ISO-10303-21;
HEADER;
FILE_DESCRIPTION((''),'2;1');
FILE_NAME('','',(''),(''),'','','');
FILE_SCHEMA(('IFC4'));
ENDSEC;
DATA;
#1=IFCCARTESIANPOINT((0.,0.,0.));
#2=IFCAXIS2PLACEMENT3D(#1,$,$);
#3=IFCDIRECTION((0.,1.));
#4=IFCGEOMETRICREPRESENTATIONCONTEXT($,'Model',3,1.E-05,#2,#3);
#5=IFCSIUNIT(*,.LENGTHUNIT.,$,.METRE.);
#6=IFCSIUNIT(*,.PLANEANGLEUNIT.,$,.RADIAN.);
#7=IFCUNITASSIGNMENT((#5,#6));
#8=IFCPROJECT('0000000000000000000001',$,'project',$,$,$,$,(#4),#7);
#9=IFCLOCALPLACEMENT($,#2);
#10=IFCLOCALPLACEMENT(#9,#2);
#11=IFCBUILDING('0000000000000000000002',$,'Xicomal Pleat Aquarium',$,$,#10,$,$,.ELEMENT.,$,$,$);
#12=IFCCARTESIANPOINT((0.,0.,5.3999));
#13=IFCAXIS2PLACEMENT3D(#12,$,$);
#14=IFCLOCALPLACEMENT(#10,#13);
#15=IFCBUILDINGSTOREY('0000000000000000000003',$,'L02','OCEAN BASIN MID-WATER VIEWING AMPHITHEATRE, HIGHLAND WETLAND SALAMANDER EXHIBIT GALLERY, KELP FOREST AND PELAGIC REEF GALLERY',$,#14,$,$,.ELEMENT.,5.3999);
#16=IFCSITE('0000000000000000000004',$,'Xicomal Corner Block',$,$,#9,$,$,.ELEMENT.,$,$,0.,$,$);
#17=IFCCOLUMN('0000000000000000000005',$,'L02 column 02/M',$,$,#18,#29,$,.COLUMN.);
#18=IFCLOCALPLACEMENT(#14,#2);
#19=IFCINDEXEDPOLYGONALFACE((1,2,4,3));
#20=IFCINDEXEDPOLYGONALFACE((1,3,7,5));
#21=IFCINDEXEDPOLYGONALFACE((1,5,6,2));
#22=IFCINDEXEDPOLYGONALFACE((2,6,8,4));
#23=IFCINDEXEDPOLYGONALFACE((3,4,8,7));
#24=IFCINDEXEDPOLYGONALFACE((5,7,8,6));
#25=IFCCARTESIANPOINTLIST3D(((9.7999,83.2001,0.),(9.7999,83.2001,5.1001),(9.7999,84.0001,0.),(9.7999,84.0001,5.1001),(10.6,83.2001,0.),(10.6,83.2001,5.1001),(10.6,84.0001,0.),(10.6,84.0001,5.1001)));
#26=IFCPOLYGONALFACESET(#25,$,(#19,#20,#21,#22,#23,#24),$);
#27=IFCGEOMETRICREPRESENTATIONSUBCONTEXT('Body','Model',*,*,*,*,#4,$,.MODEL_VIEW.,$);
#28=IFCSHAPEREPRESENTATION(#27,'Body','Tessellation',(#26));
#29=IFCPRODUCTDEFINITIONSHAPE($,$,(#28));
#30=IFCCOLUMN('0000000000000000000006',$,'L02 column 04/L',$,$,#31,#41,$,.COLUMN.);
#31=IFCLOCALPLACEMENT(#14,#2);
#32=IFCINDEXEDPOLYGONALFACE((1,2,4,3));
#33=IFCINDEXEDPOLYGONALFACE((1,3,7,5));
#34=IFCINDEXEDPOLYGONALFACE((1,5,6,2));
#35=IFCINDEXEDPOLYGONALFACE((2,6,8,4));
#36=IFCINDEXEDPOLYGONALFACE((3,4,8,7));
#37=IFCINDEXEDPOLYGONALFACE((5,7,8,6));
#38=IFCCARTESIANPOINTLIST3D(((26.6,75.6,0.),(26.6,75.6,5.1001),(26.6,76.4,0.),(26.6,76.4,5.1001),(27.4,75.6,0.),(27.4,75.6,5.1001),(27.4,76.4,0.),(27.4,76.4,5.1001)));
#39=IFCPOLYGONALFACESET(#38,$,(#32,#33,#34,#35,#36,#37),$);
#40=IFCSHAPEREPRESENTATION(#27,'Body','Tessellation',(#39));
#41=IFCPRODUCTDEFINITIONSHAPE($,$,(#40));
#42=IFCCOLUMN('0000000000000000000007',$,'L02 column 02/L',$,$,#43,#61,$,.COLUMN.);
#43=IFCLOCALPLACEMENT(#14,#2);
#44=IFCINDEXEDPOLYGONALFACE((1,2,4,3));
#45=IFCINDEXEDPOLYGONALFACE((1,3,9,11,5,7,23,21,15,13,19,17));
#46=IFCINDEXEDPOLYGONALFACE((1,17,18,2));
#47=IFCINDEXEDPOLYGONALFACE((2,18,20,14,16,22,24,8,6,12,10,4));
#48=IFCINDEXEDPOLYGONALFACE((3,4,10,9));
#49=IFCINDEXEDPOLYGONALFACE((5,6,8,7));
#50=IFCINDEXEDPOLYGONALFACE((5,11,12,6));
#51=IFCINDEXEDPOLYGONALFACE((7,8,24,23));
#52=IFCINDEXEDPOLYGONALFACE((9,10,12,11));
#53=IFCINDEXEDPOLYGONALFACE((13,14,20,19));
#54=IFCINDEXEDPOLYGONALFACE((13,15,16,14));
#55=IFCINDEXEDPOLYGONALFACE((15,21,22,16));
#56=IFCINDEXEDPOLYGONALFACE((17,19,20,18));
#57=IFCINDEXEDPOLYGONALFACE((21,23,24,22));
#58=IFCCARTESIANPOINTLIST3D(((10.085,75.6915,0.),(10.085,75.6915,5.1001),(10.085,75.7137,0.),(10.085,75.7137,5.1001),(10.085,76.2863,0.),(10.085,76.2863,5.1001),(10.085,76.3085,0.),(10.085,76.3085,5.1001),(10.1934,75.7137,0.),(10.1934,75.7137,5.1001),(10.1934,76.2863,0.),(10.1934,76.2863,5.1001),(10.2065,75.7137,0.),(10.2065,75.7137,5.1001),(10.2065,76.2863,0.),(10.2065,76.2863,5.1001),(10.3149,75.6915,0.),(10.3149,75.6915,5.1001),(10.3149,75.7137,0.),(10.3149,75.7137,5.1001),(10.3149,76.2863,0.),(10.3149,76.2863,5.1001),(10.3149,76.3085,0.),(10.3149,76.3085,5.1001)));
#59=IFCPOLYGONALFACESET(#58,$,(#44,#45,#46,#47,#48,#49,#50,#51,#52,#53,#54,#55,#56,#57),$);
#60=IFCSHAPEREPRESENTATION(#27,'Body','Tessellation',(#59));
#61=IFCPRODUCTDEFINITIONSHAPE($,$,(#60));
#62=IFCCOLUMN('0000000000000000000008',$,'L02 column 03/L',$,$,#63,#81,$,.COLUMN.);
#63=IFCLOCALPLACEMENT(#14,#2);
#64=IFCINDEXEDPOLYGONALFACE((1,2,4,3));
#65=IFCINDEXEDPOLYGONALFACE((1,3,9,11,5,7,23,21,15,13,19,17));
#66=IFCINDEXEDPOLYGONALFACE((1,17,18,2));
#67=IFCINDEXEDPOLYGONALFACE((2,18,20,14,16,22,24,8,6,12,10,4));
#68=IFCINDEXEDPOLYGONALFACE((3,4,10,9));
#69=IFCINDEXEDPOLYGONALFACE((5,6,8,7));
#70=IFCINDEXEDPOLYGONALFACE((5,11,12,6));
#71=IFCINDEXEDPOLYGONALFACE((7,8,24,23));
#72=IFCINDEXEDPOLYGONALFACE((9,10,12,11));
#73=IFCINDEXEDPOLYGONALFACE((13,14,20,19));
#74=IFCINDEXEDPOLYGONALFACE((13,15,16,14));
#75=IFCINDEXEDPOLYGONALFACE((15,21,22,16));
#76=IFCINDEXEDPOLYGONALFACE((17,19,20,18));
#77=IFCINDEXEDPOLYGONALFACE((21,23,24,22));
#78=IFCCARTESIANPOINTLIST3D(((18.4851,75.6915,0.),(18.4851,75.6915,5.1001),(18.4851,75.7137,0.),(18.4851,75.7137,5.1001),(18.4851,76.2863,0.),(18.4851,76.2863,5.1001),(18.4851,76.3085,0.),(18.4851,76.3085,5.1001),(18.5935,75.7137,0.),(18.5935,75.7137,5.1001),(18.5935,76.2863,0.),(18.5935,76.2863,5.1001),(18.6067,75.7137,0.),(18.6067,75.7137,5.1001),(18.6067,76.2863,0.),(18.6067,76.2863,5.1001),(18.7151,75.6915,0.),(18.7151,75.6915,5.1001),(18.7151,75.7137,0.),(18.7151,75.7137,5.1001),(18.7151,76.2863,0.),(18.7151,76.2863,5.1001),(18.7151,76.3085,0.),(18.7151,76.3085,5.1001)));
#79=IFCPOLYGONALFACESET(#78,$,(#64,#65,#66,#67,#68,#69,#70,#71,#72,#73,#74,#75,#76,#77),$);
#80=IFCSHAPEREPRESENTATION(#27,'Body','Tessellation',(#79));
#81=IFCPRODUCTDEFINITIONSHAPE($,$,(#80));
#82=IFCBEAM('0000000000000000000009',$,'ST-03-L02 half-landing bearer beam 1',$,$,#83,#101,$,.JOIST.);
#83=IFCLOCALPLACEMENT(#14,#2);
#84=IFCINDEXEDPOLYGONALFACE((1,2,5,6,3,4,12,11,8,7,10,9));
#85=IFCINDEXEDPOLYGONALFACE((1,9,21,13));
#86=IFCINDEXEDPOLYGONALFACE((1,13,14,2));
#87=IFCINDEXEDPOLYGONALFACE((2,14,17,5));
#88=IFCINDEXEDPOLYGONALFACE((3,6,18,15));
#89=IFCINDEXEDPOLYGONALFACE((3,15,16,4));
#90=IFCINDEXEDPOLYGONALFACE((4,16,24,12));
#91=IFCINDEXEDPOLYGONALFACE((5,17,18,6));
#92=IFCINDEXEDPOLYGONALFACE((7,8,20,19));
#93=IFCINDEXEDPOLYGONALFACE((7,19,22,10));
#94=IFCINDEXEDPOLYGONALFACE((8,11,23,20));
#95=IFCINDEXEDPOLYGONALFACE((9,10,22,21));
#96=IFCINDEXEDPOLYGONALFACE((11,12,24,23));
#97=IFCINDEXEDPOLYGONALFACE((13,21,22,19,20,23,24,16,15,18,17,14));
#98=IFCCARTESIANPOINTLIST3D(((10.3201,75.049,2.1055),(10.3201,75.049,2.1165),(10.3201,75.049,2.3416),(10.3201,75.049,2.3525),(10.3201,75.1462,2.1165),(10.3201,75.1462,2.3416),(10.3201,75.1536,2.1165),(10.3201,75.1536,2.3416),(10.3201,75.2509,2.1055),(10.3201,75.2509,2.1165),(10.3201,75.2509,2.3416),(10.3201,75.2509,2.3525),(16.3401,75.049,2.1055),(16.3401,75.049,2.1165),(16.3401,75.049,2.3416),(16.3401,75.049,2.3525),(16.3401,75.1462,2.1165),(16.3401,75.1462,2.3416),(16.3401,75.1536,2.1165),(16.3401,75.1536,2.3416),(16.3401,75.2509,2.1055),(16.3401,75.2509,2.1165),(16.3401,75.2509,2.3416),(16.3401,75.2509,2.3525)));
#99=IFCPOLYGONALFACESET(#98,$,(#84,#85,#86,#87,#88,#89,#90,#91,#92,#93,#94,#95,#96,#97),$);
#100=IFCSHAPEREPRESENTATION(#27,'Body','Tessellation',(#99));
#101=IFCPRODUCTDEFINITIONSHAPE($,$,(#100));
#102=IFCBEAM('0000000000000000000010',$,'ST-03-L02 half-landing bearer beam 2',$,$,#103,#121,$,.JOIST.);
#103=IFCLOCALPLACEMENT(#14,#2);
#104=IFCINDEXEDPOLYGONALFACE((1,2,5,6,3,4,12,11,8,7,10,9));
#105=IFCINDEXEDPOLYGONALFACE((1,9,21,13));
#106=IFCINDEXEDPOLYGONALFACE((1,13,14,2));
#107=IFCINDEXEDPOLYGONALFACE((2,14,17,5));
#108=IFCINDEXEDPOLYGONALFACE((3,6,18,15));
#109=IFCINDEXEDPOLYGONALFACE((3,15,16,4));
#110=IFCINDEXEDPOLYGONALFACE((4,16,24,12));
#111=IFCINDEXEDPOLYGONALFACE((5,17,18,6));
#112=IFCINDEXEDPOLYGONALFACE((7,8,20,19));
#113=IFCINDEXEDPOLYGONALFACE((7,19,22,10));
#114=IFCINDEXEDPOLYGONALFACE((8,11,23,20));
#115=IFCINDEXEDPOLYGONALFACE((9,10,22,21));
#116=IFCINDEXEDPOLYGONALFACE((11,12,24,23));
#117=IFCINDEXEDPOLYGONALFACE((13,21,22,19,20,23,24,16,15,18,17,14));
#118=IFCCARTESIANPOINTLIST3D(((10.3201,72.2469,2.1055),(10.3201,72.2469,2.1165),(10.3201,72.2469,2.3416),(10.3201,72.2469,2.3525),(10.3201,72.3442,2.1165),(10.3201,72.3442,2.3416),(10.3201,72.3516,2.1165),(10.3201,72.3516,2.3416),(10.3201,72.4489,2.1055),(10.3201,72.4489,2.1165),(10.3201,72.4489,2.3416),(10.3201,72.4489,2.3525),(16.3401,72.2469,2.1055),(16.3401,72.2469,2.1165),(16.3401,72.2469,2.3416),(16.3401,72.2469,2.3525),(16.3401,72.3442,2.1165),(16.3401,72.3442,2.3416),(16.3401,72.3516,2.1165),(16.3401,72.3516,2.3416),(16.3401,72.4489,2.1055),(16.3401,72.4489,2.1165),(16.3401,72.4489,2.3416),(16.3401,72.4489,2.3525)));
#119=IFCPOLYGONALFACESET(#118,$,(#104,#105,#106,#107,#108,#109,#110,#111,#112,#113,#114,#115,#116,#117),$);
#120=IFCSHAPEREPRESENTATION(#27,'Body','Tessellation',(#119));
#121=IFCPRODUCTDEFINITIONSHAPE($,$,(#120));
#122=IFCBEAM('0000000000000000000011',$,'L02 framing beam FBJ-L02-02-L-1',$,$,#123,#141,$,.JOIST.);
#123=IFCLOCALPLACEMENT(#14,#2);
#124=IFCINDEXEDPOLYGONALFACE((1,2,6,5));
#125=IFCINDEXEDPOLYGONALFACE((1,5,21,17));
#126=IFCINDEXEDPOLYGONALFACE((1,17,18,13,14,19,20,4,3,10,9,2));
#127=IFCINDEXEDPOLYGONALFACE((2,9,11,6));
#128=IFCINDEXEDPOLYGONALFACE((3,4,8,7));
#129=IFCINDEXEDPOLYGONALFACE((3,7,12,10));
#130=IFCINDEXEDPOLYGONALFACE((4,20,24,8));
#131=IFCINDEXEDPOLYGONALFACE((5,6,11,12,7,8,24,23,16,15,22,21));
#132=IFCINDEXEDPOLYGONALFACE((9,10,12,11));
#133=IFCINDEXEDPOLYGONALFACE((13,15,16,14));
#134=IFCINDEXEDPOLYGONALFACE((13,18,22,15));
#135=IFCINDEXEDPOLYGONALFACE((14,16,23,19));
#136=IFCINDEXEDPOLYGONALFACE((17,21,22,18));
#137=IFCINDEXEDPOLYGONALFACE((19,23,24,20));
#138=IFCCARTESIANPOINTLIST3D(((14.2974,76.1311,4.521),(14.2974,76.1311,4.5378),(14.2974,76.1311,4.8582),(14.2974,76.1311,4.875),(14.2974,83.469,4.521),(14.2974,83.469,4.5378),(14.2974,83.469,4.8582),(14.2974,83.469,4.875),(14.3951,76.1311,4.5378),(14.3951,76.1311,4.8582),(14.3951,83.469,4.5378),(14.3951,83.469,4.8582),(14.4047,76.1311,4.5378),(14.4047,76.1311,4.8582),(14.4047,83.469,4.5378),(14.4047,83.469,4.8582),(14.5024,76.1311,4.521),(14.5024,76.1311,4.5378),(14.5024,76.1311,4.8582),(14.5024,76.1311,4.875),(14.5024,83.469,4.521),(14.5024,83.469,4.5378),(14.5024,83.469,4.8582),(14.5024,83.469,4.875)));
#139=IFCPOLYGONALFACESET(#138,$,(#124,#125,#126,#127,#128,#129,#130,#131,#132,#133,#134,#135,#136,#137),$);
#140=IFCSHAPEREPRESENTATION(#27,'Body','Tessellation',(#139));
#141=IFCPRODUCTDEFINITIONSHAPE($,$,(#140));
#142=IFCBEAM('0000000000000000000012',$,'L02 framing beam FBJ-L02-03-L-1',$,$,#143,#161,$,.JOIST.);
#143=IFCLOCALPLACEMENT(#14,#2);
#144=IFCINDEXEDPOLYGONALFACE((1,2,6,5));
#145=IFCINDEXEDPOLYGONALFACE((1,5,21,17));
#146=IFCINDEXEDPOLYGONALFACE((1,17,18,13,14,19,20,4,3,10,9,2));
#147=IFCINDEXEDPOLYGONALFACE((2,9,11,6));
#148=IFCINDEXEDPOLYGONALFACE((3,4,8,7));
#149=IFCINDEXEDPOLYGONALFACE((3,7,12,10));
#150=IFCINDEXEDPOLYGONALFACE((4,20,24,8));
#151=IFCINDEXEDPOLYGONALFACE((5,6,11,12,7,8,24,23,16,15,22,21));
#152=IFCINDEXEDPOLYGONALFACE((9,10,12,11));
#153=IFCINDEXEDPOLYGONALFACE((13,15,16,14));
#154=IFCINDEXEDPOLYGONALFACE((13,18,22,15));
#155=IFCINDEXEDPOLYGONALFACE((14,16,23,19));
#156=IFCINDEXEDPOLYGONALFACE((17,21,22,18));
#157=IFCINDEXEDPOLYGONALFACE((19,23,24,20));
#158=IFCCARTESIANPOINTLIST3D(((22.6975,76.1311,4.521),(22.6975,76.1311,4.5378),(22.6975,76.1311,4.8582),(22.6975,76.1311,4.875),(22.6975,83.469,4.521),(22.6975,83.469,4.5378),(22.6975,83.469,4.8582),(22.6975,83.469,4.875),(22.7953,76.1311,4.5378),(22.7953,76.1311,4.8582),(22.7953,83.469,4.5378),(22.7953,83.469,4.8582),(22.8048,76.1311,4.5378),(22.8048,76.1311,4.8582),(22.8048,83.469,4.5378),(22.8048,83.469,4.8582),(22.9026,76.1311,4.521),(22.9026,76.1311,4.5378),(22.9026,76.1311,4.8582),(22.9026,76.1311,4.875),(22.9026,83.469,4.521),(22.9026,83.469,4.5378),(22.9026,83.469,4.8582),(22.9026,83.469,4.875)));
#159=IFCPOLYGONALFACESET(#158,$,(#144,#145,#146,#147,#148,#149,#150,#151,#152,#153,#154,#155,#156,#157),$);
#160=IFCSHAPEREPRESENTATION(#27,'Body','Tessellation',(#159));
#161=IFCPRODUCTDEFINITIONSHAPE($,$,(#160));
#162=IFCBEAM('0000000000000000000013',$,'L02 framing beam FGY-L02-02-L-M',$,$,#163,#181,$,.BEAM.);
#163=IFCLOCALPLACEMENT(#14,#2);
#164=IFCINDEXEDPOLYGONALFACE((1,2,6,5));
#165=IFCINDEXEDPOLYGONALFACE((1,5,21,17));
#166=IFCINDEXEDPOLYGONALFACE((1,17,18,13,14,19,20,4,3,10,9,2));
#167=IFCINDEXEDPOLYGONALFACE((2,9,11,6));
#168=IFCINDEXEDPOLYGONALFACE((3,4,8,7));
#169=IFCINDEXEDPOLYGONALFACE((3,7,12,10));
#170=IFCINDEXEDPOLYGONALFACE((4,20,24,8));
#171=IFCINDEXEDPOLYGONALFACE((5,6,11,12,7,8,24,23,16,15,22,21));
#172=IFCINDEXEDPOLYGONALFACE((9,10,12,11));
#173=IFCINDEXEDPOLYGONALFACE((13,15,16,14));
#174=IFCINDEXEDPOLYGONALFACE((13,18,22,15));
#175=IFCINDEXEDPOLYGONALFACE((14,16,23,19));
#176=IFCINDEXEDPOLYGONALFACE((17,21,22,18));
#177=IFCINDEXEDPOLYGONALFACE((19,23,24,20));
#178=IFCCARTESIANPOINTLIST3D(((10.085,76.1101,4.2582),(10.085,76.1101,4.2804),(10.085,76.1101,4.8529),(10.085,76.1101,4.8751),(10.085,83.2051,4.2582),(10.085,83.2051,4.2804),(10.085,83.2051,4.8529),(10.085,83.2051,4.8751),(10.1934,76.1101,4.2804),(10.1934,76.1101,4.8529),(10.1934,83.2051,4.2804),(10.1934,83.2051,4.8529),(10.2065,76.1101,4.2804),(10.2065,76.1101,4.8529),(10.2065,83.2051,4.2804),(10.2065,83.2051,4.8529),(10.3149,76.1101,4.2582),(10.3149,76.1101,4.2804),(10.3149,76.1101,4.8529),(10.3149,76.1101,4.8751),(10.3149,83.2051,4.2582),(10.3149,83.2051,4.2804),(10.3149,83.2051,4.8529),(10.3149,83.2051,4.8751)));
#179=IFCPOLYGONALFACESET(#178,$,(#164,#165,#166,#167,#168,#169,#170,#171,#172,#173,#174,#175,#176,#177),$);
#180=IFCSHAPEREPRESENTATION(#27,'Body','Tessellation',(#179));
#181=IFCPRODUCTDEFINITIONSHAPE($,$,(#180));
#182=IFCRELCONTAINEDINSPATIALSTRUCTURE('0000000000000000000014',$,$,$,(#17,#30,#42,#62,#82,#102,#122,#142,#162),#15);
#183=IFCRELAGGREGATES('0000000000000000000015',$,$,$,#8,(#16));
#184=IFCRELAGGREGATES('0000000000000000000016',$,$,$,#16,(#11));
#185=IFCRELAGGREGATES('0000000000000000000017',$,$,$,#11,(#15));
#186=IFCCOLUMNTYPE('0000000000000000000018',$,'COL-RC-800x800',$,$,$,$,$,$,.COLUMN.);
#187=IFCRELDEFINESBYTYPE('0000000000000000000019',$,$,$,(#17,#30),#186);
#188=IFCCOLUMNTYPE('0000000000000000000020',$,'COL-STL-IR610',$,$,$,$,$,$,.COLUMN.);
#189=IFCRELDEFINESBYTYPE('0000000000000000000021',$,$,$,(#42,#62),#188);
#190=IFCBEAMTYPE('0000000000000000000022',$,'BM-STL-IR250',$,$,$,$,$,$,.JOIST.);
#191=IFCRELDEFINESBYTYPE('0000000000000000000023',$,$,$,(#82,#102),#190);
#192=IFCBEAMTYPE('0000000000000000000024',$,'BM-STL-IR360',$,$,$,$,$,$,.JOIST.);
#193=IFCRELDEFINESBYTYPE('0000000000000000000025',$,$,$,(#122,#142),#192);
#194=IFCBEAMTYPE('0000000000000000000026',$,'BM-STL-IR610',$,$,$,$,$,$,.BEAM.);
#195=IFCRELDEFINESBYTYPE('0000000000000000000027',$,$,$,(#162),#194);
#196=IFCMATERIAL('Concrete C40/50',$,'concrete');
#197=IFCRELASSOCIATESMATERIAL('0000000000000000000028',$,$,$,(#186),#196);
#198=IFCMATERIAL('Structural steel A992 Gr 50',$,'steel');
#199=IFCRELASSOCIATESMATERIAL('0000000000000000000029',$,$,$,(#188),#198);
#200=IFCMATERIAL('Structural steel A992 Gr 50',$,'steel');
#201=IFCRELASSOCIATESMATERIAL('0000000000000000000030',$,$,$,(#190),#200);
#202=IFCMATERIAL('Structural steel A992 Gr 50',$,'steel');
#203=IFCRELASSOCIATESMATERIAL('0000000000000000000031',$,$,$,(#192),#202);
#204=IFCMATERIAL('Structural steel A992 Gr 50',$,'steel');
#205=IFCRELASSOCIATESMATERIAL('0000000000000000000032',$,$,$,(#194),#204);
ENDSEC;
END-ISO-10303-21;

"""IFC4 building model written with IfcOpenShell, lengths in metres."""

from ifc_helpers import new_model, si_unit, direction, frame, origin, origin_2d, place, context, subcontext, project, spatial, rectangle, i_section, extrude, material, material_profile, profile_set, type_object, element, save


model = new_model("IFC4")

# Units and contexts
model_context = context("Model", 3, precision=1e-05, world=origin(), true_north=direction((0.0, 1.0)))
body_context = subcontext(model_context, "Body", "Model", "MODEL_VIEW")
ifc_project = project(units=[si_unit("LENGTHUNIT", "METRE"), si_unit("PLANEANGLEUNIT", "RADIAN")], contexts=[model_context])

# Site, building, storey
site_placement = place(None, origin())
site = spatial("IfcSite", under=ifc_project, at=site_placement, Name="Xicomal Corner Block", CompositionType="ELEMENT", RefElevation=0.0)
building_placement = place(site_placement, origin())
building = spatial("IfcBuilding", under=site, at=building_placement, Name="Xicomal Pleat Aquarium", CompositionType="ELEMENT")
storey_placement = place(building_placement, frame((0.0, 0.0, 5.3999)))
storey = spatial("IfcBuildingStorey", under=building, at=storey_placement, Name="L02", Description="OCEAN BASIN MID-WATER VIEWING AMPHITHEATRE, HIGHLAND WETLAND SALAMANDER EXHIBIT GALLERY, KELP FOREST AND PELAGIC REEF GALLERY", CompositionType="ELEMENT", Elevation=5.3999)

# Columns
ifc_material_1 = material(Name="Concrete C40/50", Category="concrete")
ifc_material_profile_1 = material_profile(ifc_material_1, rectangle(XDim=0.8, YDim=0.8, at=origin_2d()), Name="RC 800x800")
ifc_profile_set_1 = profile_set([ifc_material_profile_1], Name="Concrete C40/50")
column_type_1 = type_object("IfcColumnType", Name="COL-RC-800x800", PredefinedType="COLUMN", material=ifc_profile_set_1)
for number, where, z_axis, x_axis, name in (
    (1, (10.2, 83.6001, 0.0), (0.0, 0.0, 1.0), (1.0, 0.0, 0.0), "L02 column 02/M"),
    (2, (27.0, 76.0, 0.0), (0.0, 0.0, 1.0), (1.0, 0.0, 0.0), "L02 column 04/L"),
):
    element("IfcColumn", number, at=place(storey_placement, frame(where, z_axis=z_axis, x_axis=x_axis)), inside=storey, type_object=column_type_1, Name=name, PredefinedType="COLUMN", context=body_context, shape_type="SweptSolid", body=[
        extrude(rectangle(XDim=0.8, YDim=0.8, at=origin_2d()), origin(), (0.0, 0.0, 1.0), 5.1001),
    ])
ifc_material_2 = material(Name="Structural steel A992 Gr 50", Category="steel")
ifc_material_profile_2 = material_profile(ifc_material_2, i_section(OverallWidth=0.23, OverallDepth=0.6169, WebThickness=0.0132, FlangeThickness=0.0222, at=origin_2d()), Name="IR 610x140")
ifc_profile_set_2 = profile_set([ifc_material_profile_2], Name="Structural steel A992 Gr 50")
column_type_2 = type_object("IfcColumnType", Name="COL-STL-IR610", PredefinedType="COLUMN", material=ifc_profile_set_2)
for number, where, z_axis, x_axis, name in (
    (3, (10.2, 76.0, 0.0), (0.0, 0.0, 1.0), (1.0, 0.0, 0.0), "L02 column 02/L"),
    (4, (18.6001, 76.0, 0.0), (0.0, 0.0, 1.0), (1.0, 0.0, 0.0), "L02 column 03/L"),
):
    element("IfcColumn", number, at=place(storey_placement, frame(where, z_axis=z_axis, x_axis=x_axis)), inside=storey, type_object=column_type_2, Name=name, PredefinedType="COLUMN", context=body_context, shape_type="SweptSolid", body=[
        extrude(i_section(OverallWidth=0.23, OverallDepth=0.6169, WebThickness=0.0132, FlangeThickness=0.0222, at=origin_2d()), origin(), (0.0, 0.0, 1.0), 5.1001),
    ])

# Beams
ifc_material_3 = material(Name="Structural steel A992 Gr 50", Category="steel")
ifc_material_profile_3 = material_profile(ifc_material_3, i_section(OverallWidth=0.2019, OverallDepth=0.2471, WebThickness=0.0073, FlangeThickness=0.011, at=origin_2d()), Name="IR 250x49")
ifc_profile_set_3 = profile_set([ifc_material_profile_3], Name="Structural steel A992 Gr 50")
beam_type_1 = type_object("IfcBeamType", Name="BM-STL-IR250", PredefinedType="JOIST", material=ifc_profile_set_3)
for number, where, z_axis, x_axis, name in (
    (5, (10.3201, 75.1499, 2.229), (1.0, 0.0, 0.0), (0.0, 1.0, 0.0), "ST-03-L02 half-landing bearer beam 1"),
    (6, (10.3201, 72.3479, 2.229), (1.0, 0.0, 0.0), (0.0, 1.0, 0.0), "ST-03-L02 half-landing bearer beam 2"),
):
    element("IfcBeam", number, at=place(storey_placement, frame(where, z_axis=z_axis, x_axis=x_axis)), inside=storey, type_object=beam_type_1, Name=name, PredefinedType="JOIST", context=body_context, shape_type="SweptSolid", body=[
        extrude(i_section(OverallWidth=0.2019, OverallDepth=0.2471, WebThickness=0.0073, FlangeThickness=0.011, at=origin_2d()), origin(), (0.0, 0.0, 1.0), 6.02),
    ])
ifc_material_4 = material(Name="Structural steel A992 Gr 50", Category="steel")
ifc_material_profile_4 = material_profile(ifc_material_4, i_section(OverallWidth=0.2051, OverallDepth=0.354, WebThickness=0.0095, FlangeThickness=0.0168, at=origin_2d()), Name="IR 360x79")
ifc_profile_set_4 = profile_set([ifc_material_profile_4], Name="Structural steel A992 Gr 50")
beam_type_2 = type_object("IfcBeamType", Name="BM-STL-IR360", PredefinedType="JOIST", material=ifc_profile_set_4)
for number, where, z_axis, x_axis, name in (
    (7, (14.3999, 76.1311, 4.698), (0.0, 1.0, 0.0), (-1.0, 0.0, 0.0), "L02 framing beam FBJ-L02-02-L-1"),
    (8, (22.8, 76.1311, 4.698), (0.0, 1.0, 0.0), (-1.0, 0.0, 0.0), "L02 framing beam FBJ-L02-03-L-1"),
):
    element("IfcBeam", number, at=place(storey_placement, frame(where, z_axis=z_axis, x_axis=x_axis)), inside=storey, type_object=beam_type_2, Name=name, PredefinedType="JOIST", context=body_context, shape_type="SweptSolid", body=[
        extrude(i_section(OverallWidth=0.2051, OverallDepth=0.354, WebThickness=0.0095, FlangeThickness=0.0168, at=origin_2d()), origin(), (0.0, 0.0, 1.0), 7.3379),
    ])
ifc_material_5 = material(Name="Structural steel A992 Gr 50", Category="steel")
ifc_material_profile_5 = material_profile(ifc_material_5, i_section(OverallWidth=0.23, OverallDepth=0.6169, WebThickness=0.0132, FlangeThickness=0.0222, at=origin_2d()), Name="IR 610x140")
ifc_profile_set_5 = profile_set([ifc_material_profile_5], Name="Structural steel A992 Gr 50")
beam_type_3 = type_object("IfcBeamType", Name="BM-STL-IR610", PredefinedType="BEAM", material=ifc_profile_set_5)
for number, where, z_axis, x_axis, name in (
    (9, (10.2, 76.1101, 4.5667), (0.0, 1.0, 0.0), (-1.0, 0.0, 0.0), "L02 framing beam FGY-L02-02-L-M"),
):
    element("IfcBeam", number, at=place(storey_placement, frame(where, z_axis=z_axis, x_axis=x_axis)), inside=storey, type_object=beam_type_3, Name=name, PredefinedType="BEAM", context=body_context, shape_type="SweptSolid", body=[
        extrude(i_section(OverallWidth=0.23, OverallDepth=0.6169, WebThickness=0.0132, FlangeThickness=0.0222, at=origin_2d()), origin(), (0.0, 0.0, 1.0), 7.095),
    ])

save(model, "model.ifc")
